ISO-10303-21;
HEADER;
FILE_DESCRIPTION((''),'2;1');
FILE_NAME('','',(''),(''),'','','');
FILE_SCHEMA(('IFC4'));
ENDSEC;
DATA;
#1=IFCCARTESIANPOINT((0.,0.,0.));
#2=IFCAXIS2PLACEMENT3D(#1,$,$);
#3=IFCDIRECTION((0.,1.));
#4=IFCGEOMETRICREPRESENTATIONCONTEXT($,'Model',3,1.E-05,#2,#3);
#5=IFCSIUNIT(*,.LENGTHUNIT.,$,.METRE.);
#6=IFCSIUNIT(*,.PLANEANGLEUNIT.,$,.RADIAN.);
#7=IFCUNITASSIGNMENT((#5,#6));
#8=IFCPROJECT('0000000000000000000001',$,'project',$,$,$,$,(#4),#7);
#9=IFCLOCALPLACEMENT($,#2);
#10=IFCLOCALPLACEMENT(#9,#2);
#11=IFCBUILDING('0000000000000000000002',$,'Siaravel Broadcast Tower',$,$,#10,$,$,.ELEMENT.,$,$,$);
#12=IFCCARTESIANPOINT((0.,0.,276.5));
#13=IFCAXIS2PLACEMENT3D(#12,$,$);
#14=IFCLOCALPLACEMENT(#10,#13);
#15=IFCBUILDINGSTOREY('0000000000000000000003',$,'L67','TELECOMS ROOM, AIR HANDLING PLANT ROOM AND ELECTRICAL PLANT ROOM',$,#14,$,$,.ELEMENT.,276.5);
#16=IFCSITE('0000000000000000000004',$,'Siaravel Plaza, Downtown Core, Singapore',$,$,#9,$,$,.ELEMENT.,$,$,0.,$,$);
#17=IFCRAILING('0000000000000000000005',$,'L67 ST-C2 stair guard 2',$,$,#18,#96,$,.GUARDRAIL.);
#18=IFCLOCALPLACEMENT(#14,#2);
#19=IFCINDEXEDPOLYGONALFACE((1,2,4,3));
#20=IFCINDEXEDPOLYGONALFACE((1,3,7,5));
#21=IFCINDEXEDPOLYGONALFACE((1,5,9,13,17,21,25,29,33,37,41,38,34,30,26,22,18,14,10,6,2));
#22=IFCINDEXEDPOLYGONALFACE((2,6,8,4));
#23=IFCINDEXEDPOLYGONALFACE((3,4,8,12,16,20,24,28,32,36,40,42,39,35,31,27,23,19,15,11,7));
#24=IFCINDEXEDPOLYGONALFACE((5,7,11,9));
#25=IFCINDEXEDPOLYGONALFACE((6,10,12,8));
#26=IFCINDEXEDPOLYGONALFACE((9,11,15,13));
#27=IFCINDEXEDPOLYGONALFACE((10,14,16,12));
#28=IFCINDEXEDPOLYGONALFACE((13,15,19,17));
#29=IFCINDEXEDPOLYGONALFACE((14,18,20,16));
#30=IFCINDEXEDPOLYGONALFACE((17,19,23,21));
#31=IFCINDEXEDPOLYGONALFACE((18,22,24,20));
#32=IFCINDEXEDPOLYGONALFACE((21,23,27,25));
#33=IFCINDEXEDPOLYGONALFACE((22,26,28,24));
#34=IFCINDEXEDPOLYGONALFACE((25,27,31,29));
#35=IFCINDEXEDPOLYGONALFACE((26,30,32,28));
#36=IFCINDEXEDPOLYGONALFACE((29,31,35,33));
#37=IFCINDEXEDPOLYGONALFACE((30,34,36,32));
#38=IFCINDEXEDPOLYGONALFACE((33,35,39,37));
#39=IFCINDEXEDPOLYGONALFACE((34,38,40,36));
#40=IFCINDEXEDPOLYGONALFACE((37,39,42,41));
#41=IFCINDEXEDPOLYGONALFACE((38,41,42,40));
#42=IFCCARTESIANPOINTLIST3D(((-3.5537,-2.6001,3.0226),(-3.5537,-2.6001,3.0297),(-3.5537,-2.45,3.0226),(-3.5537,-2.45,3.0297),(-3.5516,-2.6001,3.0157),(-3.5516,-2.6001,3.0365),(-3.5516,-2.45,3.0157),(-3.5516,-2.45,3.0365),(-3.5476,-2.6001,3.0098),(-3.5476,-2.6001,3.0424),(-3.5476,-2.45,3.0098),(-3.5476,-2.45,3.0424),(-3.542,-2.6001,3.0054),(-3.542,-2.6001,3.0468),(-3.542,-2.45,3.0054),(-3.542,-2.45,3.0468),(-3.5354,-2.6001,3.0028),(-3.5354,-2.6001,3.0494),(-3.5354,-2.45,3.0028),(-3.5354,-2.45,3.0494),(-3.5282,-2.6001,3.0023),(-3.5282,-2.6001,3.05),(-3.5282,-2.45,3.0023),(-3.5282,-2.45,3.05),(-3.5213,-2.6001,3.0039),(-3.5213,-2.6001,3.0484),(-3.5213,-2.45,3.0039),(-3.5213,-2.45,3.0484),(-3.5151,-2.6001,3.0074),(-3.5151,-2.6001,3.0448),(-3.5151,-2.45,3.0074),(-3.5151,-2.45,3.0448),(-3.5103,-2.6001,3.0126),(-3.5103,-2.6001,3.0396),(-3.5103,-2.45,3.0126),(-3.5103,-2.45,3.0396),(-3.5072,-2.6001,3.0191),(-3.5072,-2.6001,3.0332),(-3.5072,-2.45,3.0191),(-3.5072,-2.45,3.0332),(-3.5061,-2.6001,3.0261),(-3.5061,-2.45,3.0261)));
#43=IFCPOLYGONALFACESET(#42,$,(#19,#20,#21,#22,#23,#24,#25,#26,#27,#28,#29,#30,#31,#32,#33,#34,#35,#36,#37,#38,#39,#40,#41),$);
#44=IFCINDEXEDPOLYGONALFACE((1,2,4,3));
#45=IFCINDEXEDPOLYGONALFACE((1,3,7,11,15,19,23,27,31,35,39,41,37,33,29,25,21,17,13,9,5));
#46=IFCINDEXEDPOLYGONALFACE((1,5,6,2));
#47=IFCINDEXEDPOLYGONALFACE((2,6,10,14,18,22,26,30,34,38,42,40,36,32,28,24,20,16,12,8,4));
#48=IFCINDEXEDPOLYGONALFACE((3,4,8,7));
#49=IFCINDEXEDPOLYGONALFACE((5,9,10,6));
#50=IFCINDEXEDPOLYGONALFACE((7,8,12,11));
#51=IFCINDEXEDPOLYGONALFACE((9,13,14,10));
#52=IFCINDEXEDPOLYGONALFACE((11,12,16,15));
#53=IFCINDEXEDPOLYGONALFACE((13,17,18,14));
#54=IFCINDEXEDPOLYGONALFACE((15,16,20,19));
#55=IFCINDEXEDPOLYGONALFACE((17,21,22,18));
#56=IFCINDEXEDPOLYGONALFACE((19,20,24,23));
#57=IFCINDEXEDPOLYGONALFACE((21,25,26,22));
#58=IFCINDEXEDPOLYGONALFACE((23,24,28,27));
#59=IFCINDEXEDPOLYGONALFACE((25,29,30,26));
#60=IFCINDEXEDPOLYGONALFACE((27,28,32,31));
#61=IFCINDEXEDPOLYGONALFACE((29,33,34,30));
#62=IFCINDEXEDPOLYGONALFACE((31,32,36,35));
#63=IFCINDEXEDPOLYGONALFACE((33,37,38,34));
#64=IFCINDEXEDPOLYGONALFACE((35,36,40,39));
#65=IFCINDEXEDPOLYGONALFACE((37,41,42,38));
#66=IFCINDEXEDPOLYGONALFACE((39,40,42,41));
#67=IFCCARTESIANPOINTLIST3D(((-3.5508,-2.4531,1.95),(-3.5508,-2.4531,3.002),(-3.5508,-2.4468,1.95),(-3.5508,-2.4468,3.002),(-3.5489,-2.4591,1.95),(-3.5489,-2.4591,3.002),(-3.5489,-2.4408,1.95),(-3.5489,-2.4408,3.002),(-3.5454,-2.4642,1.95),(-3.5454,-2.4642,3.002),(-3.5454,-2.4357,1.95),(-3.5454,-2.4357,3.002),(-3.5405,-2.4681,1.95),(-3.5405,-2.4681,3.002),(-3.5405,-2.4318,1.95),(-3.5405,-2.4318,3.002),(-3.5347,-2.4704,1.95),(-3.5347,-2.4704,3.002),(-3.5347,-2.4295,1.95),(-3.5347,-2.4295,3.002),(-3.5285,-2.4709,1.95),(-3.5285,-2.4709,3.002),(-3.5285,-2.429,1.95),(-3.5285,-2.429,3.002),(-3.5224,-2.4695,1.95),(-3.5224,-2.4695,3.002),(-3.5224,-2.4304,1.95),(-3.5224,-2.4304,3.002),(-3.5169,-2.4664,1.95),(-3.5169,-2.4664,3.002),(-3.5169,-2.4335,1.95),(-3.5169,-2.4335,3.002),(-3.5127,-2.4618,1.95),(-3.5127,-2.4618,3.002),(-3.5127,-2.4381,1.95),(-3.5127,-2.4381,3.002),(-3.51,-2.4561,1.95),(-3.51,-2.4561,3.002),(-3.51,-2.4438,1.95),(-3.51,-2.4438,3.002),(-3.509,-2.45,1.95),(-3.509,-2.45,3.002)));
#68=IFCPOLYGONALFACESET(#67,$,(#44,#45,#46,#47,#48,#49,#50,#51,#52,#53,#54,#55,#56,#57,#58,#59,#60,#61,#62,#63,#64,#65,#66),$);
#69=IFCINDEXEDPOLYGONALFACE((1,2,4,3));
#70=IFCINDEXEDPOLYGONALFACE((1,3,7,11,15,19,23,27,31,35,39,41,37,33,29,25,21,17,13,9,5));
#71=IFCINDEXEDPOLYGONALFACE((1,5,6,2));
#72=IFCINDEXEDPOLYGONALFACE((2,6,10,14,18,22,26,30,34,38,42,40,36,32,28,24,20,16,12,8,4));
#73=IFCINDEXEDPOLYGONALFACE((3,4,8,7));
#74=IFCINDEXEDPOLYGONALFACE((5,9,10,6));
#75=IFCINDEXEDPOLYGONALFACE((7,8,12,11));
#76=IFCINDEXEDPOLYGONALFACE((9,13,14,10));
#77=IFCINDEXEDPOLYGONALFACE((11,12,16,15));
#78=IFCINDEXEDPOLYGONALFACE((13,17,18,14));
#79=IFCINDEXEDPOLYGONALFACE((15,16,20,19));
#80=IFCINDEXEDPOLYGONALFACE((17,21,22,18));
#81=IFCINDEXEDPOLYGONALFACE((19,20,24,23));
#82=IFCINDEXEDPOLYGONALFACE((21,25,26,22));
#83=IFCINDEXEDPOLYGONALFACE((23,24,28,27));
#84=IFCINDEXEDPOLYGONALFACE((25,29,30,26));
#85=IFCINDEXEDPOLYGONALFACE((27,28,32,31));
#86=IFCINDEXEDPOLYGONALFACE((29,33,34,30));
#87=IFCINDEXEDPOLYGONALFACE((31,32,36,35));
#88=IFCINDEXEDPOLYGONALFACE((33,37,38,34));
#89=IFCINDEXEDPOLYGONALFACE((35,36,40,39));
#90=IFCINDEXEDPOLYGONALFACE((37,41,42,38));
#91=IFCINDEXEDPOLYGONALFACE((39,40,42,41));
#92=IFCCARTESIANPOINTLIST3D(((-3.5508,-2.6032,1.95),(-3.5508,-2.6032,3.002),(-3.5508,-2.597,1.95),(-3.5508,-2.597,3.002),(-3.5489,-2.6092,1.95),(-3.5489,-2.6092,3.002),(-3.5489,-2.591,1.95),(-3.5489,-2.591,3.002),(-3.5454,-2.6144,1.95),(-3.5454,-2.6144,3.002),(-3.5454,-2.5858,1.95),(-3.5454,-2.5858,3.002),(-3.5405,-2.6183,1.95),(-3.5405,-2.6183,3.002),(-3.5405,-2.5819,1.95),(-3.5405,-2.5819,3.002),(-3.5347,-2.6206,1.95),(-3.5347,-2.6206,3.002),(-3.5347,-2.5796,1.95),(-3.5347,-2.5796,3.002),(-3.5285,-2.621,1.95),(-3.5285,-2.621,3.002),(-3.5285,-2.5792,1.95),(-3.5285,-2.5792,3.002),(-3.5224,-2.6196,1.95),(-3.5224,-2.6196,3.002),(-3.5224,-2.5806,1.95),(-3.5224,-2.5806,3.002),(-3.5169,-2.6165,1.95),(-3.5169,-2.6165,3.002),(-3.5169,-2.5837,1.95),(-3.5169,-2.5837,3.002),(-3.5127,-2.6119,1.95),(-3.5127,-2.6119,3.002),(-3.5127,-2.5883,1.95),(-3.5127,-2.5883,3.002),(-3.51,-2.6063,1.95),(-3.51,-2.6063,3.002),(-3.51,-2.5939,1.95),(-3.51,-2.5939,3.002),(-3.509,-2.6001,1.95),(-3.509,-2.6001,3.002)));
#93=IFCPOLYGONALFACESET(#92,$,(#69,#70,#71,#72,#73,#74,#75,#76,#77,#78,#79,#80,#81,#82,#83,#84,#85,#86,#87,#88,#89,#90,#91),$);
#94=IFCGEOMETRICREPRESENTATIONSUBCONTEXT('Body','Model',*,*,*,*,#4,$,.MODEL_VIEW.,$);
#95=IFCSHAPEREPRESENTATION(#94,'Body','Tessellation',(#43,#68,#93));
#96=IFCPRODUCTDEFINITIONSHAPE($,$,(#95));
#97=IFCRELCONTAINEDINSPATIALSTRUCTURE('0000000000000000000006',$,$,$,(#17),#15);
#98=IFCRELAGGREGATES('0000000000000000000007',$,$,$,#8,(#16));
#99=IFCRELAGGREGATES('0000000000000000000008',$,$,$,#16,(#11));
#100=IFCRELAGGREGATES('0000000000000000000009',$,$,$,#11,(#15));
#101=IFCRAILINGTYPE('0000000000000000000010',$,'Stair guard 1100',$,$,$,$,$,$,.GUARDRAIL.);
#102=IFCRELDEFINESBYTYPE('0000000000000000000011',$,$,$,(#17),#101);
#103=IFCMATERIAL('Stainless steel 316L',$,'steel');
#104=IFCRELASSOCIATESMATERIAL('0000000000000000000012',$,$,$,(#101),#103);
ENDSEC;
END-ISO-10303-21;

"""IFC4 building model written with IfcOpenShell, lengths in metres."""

from ifc_helpers import new_model, si_unit, direction, frame, origin, origin_2d, place, context, subcontext, project, spatial, circle, extrude, material, type_object, element, save


model = new_model("IFC4")

# Units and contexts
model_context = context("Model", 3, precision=1e-05, world=origin(), true_north=direction((0.0, 1.0)))
body_context = subcontext(model_context, "Body", "Model", "MODEL_VIEW")
ifc_project = project(units=[si_unit("LENGTHUNIT", "METRE"), si_unit("PLANEANGLEUNIT", "RADIAN")], contexts=[model_context])

# Site, building, storey
site_placement = place(None, origin())
site = spatial("IfcSite", under=ifc_project, at=site_placement, Name="Siaravel Plaza, Downtown Core, Singapore", CompositionType="ELEMENT", RefElevation=0.0)
building_placement = place(site_placement, origin())
building = spatial("IfcBuilding", under=site, at=building_placement, Name="Siaravel Broadcast Tower", CompositionType="ELEMENT")
storey_placement = place(building_placement, frame((0.0, 0.0, 276.5)))
storey = spatial("IfcBuildingStorey", under=building, at=storey_placement, Name="L67", Description="TELECOMS ROOM, AIR HANDLING PLANT ROOM AND ELECTRICAL PLANT ROOM", CompositionType="ELEMENT", Elevation=276.5)

# Shared definitions
ifc_material_1 = material(Name="Stainless steel 316L", Category="steel")

# Railing
railing_type_1 = type_object("IfcRailingType", Name="Stair guard 1100", PredefinedType="GUARDRAIL", material=ifc_material_1)
railing_1_placement = place(storey_placement, frame((-3.53, -2.45, 1.95)))
element("IfcRailing", 1, at=railing_1_placement, inside=storey, type_object=railing_type_1, Name="L67 ST-C2 stair guard 2", PredefinedType="GUARDRAIL", context=body_context, shape_type="SweptSolid", body=[
    extrude(circle(Radius=0.0239, at=origin_2d()), frame((0.0, 0.0, 1.0762), z_axis=(0.0, -1.0, 0.0), x_axis=(1.0, 0.0, 0.0)), (0.0, 0.0, 1.0), 0.1501),
    extrude(circle(Radius=0.021, at=origin_2d()), origin(), (0.0, 0.0, 1.0), 1.052),
    extrude(circle(Radius=0.021, at=origin_2d()), frame((0.0, -0.1501, 0.0)), (0.0, 0.0, 1.0), 1.052),
])

save(model, "model.ifc")
